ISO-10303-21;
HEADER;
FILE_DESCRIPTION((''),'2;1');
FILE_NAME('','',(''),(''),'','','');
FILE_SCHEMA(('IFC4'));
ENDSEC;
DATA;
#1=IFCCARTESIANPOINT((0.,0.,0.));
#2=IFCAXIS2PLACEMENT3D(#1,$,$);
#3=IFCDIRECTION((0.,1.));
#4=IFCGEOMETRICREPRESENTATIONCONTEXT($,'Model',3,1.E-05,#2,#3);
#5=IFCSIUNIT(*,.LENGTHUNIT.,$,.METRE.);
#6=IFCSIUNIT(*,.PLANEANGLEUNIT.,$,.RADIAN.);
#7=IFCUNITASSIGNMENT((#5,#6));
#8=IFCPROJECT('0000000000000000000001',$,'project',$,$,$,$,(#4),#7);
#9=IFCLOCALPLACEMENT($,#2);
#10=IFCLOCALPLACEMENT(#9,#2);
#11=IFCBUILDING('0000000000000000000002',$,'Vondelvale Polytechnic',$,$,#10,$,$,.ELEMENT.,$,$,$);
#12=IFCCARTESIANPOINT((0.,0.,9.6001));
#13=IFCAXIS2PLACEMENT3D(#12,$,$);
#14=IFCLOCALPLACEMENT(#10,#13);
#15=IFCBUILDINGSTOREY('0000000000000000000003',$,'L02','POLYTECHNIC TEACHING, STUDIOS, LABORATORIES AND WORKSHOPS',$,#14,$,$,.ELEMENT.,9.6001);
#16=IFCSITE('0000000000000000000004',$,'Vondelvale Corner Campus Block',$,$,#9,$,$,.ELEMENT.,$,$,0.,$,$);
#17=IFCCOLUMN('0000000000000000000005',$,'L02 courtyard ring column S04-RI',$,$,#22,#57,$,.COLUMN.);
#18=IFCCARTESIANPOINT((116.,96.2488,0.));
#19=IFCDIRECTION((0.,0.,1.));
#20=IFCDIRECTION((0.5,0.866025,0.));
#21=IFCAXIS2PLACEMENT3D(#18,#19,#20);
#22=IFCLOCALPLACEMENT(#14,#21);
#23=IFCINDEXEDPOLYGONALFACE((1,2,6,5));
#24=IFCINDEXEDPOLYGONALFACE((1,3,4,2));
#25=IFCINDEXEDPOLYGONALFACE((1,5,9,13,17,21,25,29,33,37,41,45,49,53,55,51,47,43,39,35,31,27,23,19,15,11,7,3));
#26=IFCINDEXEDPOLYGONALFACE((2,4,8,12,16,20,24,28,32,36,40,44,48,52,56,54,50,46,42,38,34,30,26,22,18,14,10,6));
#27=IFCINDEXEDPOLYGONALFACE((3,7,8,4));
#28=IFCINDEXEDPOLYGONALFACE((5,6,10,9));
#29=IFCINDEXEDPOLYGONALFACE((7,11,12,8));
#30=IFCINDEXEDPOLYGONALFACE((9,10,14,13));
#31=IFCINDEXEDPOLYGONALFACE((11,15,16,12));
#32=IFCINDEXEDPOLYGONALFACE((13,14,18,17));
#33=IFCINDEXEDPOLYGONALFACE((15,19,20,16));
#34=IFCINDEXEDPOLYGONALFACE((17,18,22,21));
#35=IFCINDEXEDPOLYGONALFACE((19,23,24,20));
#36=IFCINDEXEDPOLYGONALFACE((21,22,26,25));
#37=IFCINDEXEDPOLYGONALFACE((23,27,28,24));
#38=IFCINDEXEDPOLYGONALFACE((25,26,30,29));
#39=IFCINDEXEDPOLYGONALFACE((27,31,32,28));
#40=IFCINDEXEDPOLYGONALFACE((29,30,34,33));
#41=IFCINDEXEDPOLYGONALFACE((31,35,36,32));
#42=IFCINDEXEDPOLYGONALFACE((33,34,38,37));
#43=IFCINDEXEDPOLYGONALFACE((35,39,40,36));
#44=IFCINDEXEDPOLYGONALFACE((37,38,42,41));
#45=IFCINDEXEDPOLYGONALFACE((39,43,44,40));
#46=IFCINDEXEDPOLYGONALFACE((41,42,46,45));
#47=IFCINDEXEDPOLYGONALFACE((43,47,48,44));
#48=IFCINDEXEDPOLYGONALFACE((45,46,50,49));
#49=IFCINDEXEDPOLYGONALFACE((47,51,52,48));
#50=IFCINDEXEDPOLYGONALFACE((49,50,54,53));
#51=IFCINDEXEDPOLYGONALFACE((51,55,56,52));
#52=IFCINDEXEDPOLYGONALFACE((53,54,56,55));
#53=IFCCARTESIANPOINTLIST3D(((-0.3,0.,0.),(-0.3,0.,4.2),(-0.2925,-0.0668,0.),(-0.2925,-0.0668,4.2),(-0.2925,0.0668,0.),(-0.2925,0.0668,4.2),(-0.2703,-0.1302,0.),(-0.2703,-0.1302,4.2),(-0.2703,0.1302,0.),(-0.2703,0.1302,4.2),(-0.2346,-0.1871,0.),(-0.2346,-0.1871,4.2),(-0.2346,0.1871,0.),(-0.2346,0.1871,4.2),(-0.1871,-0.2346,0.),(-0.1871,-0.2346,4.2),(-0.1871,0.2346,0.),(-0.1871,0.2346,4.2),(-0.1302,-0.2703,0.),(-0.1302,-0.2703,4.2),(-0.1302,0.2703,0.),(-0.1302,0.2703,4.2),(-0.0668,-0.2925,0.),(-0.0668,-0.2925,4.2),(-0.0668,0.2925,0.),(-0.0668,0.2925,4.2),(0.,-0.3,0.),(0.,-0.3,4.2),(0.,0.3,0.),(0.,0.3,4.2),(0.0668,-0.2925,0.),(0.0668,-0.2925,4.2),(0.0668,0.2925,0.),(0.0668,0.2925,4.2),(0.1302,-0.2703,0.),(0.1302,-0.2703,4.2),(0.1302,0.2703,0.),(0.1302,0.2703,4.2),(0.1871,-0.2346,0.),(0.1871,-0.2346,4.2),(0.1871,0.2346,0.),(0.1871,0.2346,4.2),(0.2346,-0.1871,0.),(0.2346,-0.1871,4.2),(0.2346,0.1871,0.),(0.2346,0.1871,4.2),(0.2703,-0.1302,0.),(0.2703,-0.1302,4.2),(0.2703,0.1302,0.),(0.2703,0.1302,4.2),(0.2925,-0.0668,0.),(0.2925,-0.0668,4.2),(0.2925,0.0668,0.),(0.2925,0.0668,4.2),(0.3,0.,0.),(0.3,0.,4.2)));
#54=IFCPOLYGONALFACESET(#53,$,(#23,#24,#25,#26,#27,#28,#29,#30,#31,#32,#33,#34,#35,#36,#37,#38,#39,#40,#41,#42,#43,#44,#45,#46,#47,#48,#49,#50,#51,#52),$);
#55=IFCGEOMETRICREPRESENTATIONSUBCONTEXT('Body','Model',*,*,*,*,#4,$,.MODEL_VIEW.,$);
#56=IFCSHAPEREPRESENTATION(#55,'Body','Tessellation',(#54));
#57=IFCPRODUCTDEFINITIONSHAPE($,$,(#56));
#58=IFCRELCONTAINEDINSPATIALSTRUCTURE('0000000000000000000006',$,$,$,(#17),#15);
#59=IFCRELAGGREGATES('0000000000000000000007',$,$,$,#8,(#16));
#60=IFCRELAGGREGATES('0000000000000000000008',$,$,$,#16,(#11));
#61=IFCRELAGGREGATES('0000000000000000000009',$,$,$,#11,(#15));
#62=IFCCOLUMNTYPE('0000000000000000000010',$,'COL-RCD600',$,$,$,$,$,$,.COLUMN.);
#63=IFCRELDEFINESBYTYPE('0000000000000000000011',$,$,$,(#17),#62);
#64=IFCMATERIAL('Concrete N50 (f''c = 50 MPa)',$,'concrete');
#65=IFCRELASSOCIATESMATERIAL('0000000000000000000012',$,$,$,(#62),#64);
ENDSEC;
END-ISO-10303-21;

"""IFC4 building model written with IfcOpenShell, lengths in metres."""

from ifc_helpers import new_model, si_unit, direction, frame, origin, origin_2d, place, context, subcontext, project, spatial, circle, extrude, material, material_profile, profile_set, type_object, element, save


model = new_model("IFC4")

# Units and contexts
model_context = context("Model", 3, precision=1e-05, world=origin(), true_north=direction((0.0, 1.0)))
body_context = subcontext(model_context, "Body", "Model", "MODEL_VIEW")
ifc_project = project(units=[si_unit("LENGTHUNIT", "METRE"), si_unit("PLANEANGLEUNIT", "RADIAN")], contexts=[model_context])

# Site, building, storey
site_placement = place(None, origin())
site = spatial("IfcSite", under=ifc_project, at=site_placement, Name="Vondelvale Corner Campus Block", CompositionType="ELEMENT", RefElevation=0.0)
building_placement = place(site_placement, origin())
building = spatial("IfcBuilding", under=site, at=building_placement, Name="Vondelvale Polytechnic", CompositionType="ELEMENT")
storey_placement = place(building_placement, frame((0.0, 0.0, 9.6001)))
storey = spatial("IfcBuildingStorey", under=building, at=storey_placement, Name="L02", Description="POLYTECHNIC TEACHING, STUDIOS, LABORATORIES AND WORKSHOPS", CompositionType="ELEMENT", Elevation=9.6001)

# Column
ifc_material_1 = material(Name="Concrete N50 (f'c = 50 MPa)", Category="concrete")
ifc_material_profile_1 = material_profile(ifc_material_1, circle(Radius=0.3, at=origin_2d()), Name="RC-COL-D600")
ifc_profile_set_1 = profile_set([ifc_material_profile_1], Name="Concrete N50 (f'c = 50 MPa)")
column_type_1 = type_object("IfcColumnType", Name="COL-RCD600", PredefinedType="COLUMN", material=ifc_profile_set_1)
column_1_placement = place(storey_placement, frame((116.0, 96.2488, 0.0), z_axis=(0.0, 0.0, 1.0), x_axis=(0.5, 0.866025, 0.0)))
element("IfcColumn", 1, at=column_1_placement, inside=storey, type_object=column_type_1, Name="L02 courtyard ring column S04-RI", PredefinedType="COLUMN", context=body_context, shape_type="SweptSolid", body=[
    extrude(circle(Radius=0.3, at=origin_2d()), origin(), (0.0, 0.0, 1.0), 4.2),
])

save(model, "model.ifc")
